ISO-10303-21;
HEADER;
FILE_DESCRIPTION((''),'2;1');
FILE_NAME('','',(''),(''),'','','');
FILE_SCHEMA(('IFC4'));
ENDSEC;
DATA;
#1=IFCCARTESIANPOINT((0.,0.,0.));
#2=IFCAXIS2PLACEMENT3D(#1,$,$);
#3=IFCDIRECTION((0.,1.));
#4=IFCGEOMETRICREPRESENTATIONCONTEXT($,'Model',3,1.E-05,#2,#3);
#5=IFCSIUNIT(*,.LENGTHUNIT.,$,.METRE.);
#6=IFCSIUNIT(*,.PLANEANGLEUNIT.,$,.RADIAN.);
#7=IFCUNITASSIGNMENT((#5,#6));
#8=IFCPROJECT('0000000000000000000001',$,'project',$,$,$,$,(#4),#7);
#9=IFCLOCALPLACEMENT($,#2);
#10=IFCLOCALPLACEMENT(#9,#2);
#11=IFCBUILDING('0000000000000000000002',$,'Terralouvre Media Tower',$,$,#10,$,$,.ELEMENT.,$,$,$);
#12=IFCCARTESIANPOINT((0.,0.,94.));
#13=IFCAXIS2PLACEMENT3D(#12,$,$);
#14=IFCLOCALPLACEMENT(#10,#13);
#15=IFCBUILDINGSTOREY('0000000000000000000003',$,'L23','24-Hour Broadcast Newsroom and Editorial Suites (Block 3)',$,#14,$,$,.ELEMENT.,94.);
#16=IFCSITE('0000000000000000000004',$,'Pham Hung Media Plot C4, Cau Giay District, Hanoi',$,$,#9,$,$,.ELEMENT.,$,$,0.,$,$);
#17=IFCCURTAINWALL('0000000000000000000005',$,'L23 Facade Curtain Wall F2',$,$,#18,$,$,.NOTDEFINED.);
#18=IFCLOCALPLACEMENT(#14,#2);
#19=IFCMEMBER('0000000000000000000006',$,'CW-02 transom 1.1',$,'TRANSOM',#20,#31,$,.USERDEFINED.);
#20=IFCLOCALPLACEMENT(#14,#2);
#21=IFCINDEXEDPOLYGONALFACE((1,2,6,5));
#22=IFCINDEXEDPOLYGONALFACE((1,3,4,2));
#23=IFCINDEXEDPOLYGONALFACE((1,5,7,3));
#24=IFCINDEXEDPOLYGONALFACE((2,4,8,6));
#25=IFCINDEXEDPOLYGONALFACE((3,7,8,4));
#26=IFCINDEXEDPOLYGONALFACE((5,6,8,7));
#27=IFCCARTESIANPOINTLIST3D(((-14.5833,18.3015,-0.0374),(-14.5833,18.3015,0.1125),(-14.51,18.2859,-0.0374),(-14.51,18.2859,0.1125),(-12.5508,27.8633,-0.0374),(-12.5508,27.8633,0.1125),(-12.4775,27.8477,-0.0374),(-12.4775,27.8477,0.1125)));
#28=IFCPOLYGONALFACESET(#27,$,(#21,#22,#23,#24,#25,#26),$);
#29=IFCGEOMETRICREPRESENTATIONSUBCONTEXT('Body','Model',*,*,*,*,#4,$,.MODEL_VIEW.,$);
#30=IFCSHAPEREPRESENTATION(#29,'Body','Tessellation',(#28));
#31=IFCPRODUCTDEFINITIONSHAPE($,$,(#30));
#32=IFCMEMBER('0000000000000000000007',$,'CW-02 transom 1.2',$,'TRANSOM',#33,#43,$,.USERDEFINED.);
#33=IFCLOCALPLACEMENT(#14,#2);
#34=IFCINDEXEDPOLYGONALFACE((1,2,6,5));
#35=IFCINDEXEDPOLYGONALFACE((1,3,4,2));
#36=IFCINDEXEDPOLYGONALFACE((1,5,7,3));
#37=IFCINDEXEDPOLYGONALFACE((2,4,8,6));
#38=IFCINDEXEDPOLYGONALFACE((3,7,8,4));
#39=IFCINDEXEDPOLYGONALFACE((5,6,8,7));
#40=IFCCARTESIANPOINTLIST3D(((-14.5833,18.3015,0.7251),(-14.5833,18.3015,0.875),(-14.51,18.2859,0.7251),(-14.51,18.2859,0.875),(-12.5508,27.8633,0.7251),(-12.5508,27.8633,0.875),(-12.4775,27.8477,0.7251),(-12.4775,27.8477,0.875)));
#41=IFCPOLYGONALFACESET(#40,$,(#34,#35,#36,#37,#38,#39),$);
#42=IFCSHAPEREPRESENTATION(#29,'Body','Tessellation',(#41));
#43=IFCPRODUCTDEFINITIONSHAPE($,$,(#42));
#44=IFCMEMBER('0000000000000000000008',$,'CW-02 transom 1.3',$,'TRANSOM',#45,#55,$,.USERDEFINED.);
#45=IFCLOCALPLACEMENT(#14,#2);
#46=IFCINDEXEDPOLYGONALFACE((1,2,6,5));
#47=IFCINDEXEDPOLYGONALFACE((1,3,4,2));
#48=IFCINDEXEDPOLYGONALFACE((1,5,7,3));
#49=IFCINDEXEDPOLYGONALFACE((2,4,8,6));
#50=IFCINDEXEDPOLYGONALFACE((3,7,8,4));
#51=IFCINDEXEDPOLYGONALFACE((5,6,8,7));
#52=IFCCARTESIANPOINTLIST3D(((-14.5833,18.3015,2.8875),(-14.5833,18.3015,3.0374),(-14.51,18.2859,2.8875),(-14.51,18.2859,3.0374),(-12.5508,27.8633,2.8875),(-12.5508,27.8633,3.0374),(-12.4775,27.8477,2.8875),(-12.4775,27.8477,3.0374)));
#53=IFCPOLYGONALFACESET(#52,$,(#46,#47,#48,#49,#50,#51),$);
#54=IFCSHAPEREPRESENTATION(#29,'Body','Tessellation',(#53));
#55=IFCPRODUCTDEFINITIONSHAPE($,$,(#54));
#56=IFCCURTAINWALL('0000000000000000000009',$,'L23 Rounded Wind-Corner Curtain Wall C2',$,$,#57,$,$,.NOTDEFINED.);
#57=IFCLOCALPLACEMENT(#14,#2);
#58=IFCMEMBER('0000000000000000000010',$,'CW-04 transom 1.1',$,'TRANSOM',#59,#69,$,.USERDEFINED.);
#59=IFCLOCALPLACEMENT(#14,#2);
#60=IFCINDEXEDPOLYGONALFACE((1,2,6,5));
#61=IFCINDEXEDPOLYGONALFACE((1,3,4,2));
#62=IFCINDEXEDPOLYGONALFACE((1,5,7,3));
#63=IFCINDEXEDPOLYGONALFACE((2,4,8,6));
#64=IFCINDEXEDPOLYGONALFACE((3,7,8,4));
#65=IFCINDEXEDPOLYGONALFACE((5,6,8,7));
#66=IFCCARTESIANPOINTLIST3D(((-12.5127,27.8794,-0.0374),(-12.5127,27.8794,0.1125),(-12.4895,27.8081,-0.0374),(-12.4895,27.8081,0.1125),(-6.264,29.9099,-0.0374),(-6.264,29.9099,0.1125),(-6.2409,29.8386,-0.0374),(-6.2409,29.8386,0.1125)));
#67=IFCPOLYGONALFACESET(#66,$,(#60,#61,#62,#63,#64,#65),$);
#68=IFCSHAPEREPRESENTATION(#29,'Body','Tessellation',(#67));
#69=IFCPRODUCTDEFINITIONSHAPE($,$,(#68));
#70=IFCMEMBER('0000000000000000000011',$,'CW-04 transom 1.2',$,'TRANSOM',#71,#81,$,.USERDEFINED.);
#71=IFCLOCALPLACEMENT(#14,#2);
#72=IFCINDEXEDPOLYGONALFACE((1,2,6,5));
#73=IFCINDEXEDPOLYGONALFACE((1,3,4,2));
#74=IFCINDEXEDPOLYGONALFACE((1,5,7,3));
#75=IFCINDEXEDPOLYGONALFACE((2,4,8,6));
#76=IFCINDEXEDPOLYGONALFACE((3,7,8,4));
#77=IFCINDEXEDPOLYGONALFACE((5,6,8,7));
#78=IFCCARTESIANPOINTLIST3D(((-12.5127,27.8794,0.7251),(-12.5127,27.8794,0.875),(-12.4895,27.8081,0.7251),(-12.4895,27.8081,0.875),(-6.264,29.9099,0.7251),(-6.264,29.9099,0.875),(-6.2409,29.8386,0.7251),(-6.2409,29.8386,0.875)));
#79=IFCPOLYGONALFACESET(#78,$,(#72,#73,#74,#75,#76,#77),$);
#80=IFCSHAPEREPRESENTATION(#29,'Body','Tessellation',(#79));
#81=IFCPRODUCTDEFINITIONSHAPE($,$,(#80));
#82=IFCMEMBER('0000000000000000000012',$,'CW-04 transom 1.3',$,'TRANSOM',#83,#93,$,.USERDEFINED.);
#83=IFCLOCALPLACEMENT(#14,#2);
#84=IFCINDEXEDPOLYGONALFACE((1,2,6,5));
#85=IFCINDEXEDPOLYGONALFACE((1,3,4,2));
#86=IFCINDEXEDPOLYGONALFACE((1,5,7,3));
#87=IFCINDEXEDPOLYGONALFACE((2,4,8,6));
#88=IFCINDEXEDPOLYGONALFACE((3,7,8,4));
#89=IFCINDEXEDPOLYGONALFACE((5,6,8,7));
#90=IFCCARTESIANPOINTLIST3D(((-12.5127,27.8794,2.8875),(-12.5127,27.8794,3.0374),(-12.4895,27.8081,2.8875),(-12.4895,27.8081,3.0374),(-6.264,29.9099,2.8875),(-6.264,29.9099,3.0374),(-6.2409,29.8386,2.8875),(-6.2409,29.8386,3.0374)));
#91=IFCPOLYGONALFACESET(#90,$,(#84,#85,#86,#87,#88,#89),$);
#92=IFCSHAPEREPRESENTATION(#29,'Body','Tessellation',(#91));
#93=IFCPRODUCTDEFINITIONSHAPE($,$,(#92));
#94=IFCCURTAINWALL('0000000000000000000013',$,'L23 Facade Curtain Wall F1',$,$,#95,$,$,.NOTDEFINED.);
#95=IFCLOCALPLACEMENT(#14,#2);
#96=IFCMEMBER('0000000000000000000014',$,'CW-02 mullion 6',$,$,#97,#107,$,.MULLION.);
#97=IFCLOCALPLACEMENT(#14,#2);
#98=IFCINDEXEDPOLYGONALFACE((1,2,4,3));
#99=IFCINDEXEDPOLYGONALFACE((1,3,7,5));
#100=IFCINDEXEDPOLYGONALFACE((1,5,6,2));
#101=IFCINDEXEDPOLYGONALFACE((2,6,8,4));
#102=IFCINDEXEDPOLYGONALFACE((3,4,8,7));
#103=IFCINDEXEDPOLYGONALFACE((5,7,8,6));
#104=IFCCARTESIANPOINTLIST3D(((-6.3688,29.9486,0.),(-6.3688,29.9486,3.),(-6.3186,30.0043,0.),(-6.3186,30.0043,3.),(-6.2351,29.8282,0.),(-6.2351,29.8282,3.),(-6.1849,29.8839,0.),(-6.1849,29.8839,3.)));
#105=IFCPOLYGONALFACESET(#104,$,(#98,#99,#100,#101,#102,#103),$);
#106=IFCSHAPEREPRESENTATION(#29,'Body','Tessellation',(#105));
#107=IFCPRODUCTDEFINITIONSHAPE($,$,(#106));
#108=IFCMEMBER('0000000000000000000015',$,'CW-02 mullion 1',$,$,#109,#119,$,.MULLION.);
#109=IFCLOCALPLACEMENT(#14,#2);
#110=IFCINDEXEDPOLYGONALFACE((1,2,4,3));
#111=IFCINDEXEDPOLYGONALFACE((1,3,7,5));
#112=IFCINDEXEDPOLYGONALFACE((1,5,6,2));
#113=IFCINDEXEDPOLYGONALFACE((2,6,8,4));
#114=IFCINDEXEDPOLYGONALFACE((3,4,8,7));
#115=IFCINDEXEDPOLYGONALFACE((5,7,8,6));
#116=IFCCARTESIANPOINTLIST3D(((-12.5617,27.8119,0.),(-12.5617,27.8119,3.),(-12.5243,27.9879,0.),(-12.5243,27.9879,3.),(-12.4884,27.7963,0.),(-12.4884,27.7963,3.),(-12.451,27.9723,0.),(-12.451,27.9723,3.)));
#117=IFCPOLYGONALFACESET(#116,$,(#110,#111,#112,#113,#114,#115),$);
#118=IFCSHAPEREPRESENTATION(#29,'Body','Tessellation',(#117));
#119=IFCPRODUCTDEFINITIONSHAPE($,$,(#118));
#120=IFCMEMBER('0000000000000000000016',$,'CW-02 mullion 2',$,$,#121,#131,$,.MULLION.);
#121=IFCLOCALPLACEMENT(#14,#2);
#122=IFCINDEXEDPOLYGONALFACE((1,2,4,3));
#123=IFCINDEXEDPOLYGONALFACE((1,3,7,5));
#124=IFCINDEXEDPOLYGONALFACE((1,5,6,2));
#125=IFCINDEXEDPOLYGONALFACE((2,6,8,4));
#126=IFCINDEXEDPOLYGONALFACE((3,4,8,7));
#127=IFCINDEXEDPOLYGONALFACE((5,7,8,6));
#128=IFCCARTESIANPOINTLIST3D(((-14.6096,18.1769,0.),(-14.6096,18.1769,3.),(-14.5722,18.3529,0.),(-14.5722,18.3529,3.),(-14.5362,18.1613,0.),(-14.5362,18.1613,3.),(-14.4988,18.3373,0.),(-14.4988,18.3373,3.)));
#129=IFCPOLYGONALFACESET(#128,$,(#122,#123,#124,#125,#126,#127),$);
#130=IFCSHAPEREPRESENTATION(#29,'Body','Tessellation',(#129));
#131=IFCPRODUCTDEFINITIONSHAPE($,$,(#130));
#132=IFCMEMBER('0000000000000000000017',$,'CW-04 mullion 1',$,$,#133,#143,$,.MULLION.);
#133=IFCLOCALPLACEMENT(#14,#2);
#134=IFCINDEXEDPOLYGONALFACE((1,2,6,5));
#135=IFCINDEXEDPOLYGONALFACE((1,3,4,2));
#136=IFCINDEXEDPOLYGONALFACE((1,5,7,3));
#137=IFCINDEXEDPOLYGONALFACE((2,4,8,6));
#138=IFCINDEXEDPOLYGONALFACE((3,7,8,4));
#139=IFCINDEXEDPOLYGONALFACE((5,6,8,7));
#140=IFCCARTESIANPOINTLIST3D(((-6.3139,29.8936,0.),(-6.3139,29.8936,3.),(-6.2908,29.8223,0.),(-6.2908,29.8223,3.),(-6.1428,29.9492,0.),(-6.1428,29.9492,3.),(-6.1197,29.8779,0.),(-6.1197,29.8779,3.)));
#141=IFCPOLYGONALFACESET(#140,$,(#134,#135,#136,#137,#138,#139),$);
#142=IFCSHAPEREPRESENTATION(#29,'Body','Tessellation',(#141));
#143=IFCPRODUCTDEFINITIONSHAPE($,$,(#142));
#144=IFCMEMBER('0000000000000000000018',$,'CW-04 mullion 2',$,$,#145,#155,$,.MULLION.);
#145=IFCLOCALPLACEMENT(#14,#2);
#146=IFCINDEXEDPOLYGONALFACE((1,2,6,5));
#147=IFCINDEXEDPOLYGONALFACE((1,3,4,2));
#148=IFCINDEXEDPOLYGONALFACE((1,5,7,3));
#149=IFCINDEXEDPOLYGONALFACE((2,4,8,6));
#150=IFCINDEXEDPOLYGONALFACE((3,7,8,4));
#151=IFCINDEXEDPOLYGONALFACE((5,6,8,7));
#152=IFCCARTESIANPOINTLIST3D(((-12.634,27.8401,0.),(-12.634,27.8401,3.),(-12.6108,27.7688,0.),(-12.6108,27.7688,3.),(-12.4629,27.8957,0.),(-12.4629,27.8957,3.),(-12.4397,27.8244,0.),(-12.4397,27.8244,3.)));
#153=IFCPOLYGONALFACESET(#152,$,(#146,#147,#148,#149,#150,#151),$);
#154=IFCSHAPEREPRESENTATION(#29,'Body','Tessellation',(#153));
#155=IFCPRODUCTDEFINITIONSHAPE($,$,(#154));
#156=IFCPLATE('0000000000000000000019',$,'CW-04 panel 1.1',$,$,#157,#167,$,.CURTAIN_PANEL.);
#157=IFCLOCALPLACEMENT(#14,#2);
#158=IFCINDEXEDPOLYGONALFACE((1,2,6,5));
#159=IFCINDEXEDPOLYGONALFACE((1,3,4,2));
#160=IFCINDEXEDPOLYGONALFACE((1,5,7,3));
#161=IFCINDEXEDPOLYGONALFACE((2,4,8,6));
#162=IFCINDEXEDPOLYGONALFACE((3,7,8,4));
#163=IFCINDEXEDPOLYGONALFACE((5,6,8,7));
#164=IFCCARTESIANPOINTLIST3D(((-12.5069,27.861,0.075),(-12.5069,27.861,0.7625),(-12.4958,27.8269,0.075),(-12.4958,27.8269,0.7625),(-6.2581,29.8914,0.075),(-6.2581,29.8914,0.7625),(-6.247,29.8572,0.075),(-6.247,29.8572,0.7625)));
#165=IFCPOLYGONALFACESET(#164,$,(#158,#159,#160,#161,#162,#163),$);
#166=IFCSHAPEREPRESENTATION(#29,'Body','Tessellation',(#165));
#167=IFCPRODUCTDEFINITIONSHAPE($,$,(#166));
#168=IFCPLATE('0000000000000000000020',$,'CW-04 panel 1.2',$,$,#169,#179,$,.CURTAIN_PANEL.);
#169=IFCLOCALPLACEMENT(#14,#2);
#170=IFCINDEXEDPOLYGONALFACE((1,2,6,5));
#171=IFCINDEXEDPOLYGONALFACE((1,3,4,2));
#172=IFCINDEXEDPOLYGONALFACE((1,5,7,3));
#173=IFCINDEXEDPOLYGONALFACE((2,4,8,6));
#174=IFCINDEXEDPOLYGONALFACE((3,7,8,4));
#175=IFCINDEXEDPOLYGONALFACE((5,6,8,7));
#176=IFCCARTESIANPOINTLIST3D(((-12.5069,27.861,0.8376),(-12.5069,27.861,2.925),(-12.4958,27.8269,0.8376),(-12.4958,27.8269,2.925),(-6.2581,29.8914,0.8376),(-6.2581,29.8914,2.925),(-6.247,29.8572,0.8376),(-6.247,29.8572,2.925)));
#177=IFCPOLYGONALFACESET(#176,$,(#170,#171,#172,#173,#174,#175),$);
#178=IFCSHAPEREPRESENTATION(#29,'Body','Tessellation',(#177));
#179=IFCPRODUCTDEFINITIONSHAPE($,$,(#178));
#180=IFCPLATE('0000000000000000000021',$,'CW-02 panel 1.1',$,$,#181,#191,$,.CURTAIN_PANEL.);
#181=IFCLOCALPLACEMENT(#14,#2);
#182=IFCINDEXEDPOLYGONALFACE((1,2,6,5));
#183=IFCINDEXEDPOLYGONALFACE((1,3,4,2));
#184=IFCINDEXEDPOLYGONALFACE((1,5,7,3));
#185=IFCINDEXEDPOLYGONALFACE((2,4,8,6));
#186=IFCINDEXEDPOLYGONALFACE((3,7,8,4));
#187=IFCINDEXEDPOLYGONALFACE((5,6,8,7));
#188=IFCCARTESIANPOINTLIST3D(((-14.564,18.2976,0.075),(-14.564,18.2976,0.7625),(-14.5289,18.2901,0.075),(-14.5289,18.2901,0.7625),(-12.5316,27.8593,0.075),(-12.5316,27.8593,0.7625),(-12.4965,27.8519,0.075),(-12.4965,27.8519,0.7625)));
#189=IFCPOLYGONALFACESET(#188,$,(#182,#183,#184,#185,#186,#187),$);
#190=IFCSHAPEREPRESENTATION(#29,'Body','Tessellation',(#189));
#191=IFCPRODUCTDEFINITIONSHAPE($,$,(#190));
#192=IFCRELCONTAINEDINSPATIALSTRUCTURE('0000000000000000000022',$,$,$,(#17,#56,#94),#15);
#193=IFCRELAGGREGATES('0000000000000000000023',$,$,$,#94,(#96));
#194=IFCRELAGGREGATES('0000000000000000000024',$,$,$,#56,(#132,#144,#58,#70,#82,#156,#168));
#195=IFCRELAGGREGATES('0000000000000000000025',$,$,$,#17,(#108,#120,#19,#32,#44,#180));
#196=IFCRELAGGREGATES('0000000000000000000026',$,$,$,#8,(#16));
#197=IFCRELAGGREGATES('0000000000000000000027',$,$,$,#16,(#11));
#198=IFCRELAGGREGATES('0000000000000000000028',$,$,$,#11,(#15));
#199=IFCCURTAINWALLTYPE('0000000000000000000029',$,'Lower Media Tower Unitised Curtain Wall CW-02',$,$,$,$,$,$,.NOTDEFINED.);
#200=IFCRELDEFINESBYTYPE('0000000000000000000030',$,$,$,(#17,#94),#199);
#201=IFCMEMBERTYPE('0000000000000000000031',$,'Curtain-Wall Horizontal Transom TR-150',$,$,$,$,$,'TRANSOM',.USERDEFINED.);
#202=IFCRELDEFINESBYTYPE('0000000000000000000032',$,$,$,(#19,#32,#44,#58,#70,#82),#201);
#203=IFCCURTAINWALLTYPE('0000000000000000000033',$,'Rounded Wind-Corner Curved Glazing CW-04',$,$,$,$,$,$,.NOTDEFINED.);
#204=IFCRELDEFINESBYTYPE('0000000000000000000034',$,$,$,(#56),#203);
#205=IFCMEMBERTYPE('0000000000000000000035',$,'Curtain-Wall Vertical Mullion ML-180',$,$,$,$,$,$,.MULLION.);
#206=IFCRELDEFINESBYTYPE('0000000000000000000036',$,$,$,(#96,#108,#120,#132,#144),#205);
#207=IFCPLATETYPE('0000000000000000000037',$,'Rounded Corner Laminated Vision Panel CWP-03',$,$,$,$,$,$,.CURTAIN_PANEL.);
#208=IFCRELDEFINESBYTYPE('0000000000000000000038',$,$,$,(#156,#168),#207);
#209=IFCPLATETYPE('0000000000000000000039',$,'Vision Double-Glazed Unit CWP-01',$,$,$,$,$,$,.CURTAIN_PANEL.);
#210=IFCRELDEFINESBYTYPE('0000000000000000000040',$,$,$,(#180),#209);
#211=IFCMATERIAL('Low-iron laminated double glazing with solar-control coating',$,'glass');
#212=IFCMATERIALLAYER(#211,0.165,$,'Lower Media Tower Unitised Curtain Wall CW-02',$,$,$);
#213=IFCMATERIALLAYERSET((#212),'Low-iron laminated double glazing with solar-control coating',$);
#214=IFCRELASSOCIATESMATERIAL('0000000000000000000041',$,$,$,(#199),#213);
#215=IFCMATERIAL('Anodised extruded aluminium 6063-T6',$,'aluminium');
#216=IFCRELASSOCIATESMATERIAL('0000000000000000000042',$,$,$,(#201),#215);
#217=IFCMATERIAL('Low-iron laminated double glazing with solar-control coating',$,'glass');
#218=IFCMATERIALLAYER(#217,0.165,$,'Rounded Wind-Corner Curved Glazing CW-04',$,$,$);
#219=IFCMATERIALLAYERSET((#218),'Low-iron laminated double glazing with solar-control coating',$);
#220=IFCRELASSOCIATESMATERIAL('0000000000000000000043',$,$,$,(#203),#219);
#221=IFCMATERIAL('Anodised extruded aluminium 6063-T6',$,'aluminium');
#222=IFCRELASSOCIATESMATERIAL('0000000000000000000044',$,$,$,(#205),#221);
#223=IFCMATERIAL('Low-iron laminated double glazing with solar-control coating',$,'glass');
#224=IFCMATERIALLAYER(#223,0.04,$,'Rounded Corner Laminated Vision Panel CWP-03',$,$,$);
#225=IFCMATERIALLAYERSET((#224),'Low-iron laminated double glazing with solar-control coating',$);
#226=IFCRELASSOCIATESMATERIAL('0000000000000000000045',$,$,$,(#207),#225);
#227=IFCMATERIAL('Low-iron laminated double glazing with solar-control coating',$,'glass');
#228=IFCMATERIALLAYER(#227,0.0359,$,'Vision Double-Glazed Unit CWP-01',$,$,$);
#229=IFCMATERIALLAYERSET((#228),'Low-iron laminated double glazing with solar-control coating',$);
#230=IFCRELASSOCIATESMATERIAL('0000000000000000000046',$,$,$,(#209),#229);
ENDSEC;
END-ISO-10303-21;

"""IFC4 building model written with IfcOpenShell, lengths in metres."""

from ifc_helpers import new_model, si_unit, direction, frame, origin, origin_2d, place, context, subcontext, project, spatial, rectangle, extrude, material, layer, layer_set, material_profile, profile_set, type_object, element, aggregate, save


model = new_model("IFC4")

# Units and contexts
model_context = context("Model", 3, precision=1e-05, world=origin(), true_north=direction((0.0, 1.0)))
body_context = subcontext(model_context, "Body", "Model", "MODEL_VIEW")
ifc_project = project(units=[si_unit("LENGTHUNIT", "METRE"), si_unit("PLANEANGLEUNIT", "RADIAN")], contexts=[model_context])

# Site, building, storey
site_placement = place(None, origin())
site = spatial("IfcSite", under=ifc_project, at=site_placement, Name="Pham Hung Media Plot C4, Cau Giay District, Hanoi", CompositionType="ELEMENT", RefElevation=0.0)
building_placement = place(site_placement, origin())
building = spatial("IfcBuilding", under=site, at=building_placement, Name="Terralouvre Media Tower", CompositionType="ELEMENT")
storey_placement = place(building_placement, frame((0.0, 0.0, 94.0)))
storey = spatial("IfcBuildingStorey", under=building, at=storey_placement, Name="L23", Description="24-Hour Broadcast Newsroom and Editorial Suites (Block 3)", CompositionType="ELEMENT", Elevation=94.0)

# Curtain walls, members
ifc_material_1 = material(Name="Low-iron laminated double glazing with solar-control coating", Category="glass")
ifc_layer_1 = layer(ifc_material_1, 0.165, Name="Lower Media Tower Unitised Curtain Wall CW-02")
ifc_layer_set_1 = layer_set([ifc_layer_1], Name="Low-iron laminated double glazing with solar-control coating")
curtain_wall_type_1 = type_object("IfcCurtainWallType", Name="Lower Media Tower Unitised Curtain Wall CW-02", PredefinedType="NOTDEFINED", material=ifc_layer_set_1)
curtain_wall_1_placement = place(storey_placement, origin())
curtain_wall_1 = element("IfcCurtainWall", 1, at=curtain_wall_1_placement, inside=storey, type_object=curtain_wall_type_1, Name="L23 Facade Curtain Wall F2", PredefinedType="NOTDEFINED")
ifc_material_2 = material(Name="Anodised extruded aluminium 6063-T6", Category="aluminium")
ifc_material_profile_1 = material_profile(ifc_material_2, rectangle(XDim=0.075, YDim=0.1499, at=origin_2d()), Name="ALU 75x150")
ifc_profile_set_1 = profile_set([ifc_material_profile_1], Name="Anodised extruded aluminium 6063-T6")
member_type_1 = type_object("IfcMemberType", Name="Curtain-Wall Horizontal Transom TR-150", ElementType="TRANSOM", PredefinedType="USERDEFINED", material=ifc_profile_set_1)
member_1_placement = place(storey_placement, frame((-12.5142, 27.8555, 0.0376), z_axis=(-0.207917, -0.978146, 0.0), x_axis=(0.978146, -0.207917, 0.0)))
member_1 = element("IfcMember", 2, at=member_1_placement, type_object=member_type_1, Name="CW-02 transom 1.1", ObjectType="TRANSOM", PredefinedType="USERDEFINED", context=body_context, shape_type="SweptSolid", body=[
    extrude(rectangle(XDim=0.075, YDim=0.1499, at=origin_2d()), origin(), (0.0, 0.0, 1.0), 9.7754),
])
member_2_placement = place(storey_placement, frame((-12.5142, 27.8555, 0.8), z_axis=(-0.207917, -0.978146, 0.0), x_axis=(0.978146, -0.207917, 0.0)))
member_2 = element("IfcMember", 3, at=member_2_placement, type_object=member_type_1, Name="CW-02 transom 1.2", ObjectType="TRANSOM", PredefinedType="USERDEFINED", context=body_context, shape_type="SweptSolid", body=[
    extrude(rectangle(XDim=0.075, YDim=0.1499, at=origin_2d()), origin(), (0.0, 0.0, 1.0), 9.7754),
])
member_3_placement = place(storey_placement, frame((-12.5142, 27.8555, 2.9624), z_axis=(-0.207917, -0.978146, 0.0), x_axis=(0.978146, -0.207917, 0.0)))
member_3 = element("IfcMember", 4, at=member_3_placement, type_object=member_type_1, Name="CW-02 transom 1.3", ObjectType="TRANSOM", PredefinedType="USERDEFINED", context=body_context, shape_type="SweptSolid", body=[
    extrude(rectangle(XDim=0.075, YDim=0.1499, at=origin_2d()), origin(), (0.0, 0.0, 1.0), 9.7754),
])
ifc_material_3 = material(Name="Low-iron laminated double glazing with solar-control coating", Category="glass")
ifc_layer_2 = layer(ifc_material_3, 0.165, Name="Rounded Wind-Corner Curved Glazing CW-04")
ifc_layer_set_2 = layer_set([ifc_layer_2], Name="Low-iron laminated double glazing with solar-control coating")
curtain_wall_type_2 = type_object("IfcCurtainWallType", Name="Rounded Wind-Corner Curved Glazing CW-04", PredefinedType="NOTDEFINED", material=ifc_layer_set_2)
curtain_wall_2_placement = place(storey_placement, origin())
curtain_wall_2 = element("IfcCurtainWall", 5, at=curtain_wall_2_placement, inside=storey, type_object=curtain_wall_type_2, Name="L23 Rounded Wind-Corner Curtain Wall C2", PredefinedType="NOTDEFINED")
member_4_placement = place(storey_placement, frame((-6.2524, 29.8743, 0.0376), z_axis=(-0.951049, -0.30904, 0.0), x_axis=(0.30904, -0.951049, 0.0)))
member_4 = element("IfcMember", 6, at=member_4_placement, type_object=member_type_1, Name="CW-04 transom 1.1", ObjectType="TRANSOM", PredefinedType="USERDEFINED", context=body_context, shape_type="SweptSolid", body=[
    extrude(rectangle(XDim=0.075, YDim=0.1499, at=origin_2d()), origin(), (0.0, 0.0, 1.0), 6.5703),
])
member_5_placement = place(storey_placement, frame((-6.2524, 29.8743, 0.8), z_axis=(-0.951049, -0.30904, 0.0), x_axis=(0.30904, -0.951049, 0.0)))
member_5 = element("IfcMember", 7, at=member_5_placement, type_object=member_type_1, Name="CW-04 transom 1.2", ObjectType="TRANSOM", PredefinedType="USERDEFINED", context=body_context, shape_type="SweptSolid", body=[
    extrude(rectangle(XDim=0.075, YDim=0.1499, at=origin_2d()), origin(), (0.0, 0.0, 1.0), 6.5703),
])
member_6_placement = place(storey_placement, frame((-6.2524, 29.8743, 2.9624), z_axis=(-0.951049, -0.30904, 0.0), x_axis=(0.30904, -0.951049, 0.0)))
member_6 = element("IfcMember", 8, at=member_6_placement, type_object=member_type_1, Name="CW-04 transom 1.3", ObjectType="TRANSOM", PredefinedType="USERDEFINED", context=body_context, shape_type="SweptSolid", body=[
    extrude(rectangle(XDim=0.075, YDim=0.1499, at=origin_2d()), origin(), (0.0, 0.0, 1.0), 6.5703),
])

# Curtain wall, member
curtain_wall_3_placement = place(storey_placement, origin())
curtain_wall_3 = element("IfcCurtainWall", 9, at=curtain_wall_3_placement, inside=storey, type_object=curtain_wall_type_1, Name="L23 Facade Curtain Wall F1", PredefinedType="NOTDEFINED")
ifc_material_4 = material(Name="Anodised extruded aluminium 6063-T6", Category="aluminium")
ifc_material_profile_2 = material_profile(ifc_material_4, rectangle(XDim=0.075, YDim=0.1799, at=origin_2d()), Name="ALU 75x180")
ifc_profile_set_2 = profile_set([ifc_material_profile_2], Name="Anodised extruded aluminium 6063-T6")
member_type_2 = type_object("IfcMemberType", Name="Curtain-Wall Vertical Mullion ML-180", PredefinedType="MULLION", material=ifc_profile_set_2)
member_7_placement = place(storey_placement, frame((-6.2769, 29.9163, 0.0), z_axis=(0.0, 0.0, 1.0), x_axis=(-0.669131, -0.743145, 0.0)))
member_7 = element("IfcMember", 10, at=member_7_placement, type_object=member_type_2, Name="CW-02 mullion 6", PredefinedType="MULLION", context=body_context, shape_type="SweptSolid", body=[
    extrude(rectangle(XDim=0.075, YDim=0.1799, at=origin_2d()), origin(), (0.0, 0.0, 1.0), 3.0),
])
aggregate(curtain_wall_3, [member_7])

# Members
member_8_placement = place(storey_placement, frame((-12.5063, 27.8921, 0.0), z_axis=(0.0, 0.0, 1.0), x_axis=(0.978148, -0.207912, 0.0)))
member_8 = element("IfcMember", 11, at=member_8_placement, type_object=member_type_2, Name="CW-02 mullion 1", PredefinedType="MULLION", context=body_context, shape_type="SweptSolid", body=[
    extrude(rectangle(XDim=0.075, YDim=0.1799, at=origin_2d()), origin(), (0.0, 0.0, 1.0), 3.0),
])
member_9_placement = place(storey_placement, frame((-14.5542, 18.2571, 0.0), z_axis=(0.0, 0.0, 1.0), x_axis=(0.978148, -0.207912, 0.0)))
member_9 = element("IfcMember", 12, at=member_9_placement, type_object=member_type_2, Name="CW-02 mullion 2", PredefinedType="MULLION", context=body_context, shape_type="SweptSolid", body=[
    extrude(rectangle(XDim=0.075, YDim=0.1799, at=origin_2d()), origin(), (0.0, 0.0, 1.0), 3.0),
])
member_10_placement = place(storey_placement, frame((-6.2168, 29.8857, 0.0), z_axis=(0.0, 0.0, 1.0), x_axis=(0.309018, -0.951056, 0.0)))
member_10 = element("IfcMember", 13, at=member_10_placement, type_object=member_type_2, Name="CW-04 mullion 1", PredefinedType="MULLION", context=body_context, shape_type="SweptSolid", body=[
    extrude(rectangle(XDim=0.075, YDim=0.1799, at=origin_2d()), origin(), (0.0, 0.0, 1.0), 3.0),
])
member_11_placement = place(storey_placement, frame((-12.5369, 27.8323, 0.0), z_axis=(0.0, 0.0, 1.0), x_axis=(0.309018, -0.951056, 0.0)))
member_11 = element("IfcMember", 14, at=member_11_placement, type_object=member_type_2, Name="CW-04 mullion 2", PredefinedType="MULLION", context=body_context, shape_type="SweptSolid", body=[
    extrude(rectangle(XDim=0.075, YDim=0.1799, at=origin_2d()), origin(), (0.0, 0.0, 1.0), 3.0),
])

# Plates
ifc_material_5 = material(Name="Low-iron laminated double glazing with solar-control coating", Category="glass")
ifc_layer_3 = layer(ifc_material_5, 0.04, Name="Rounded Corner Laminated Vision Panel CWP-03")
ifc_layer_set_3 = layer_set([ifc_layer_3], Name="Low-iron laminated double glazing with solar-control coating")
plate_type_1 = type_object("IfcPlateType", Name="Rounded Corner Laminated Vision Panel CWP-03", PredefinedType="CURTAIN_PANEL", material=ifc_layer_set_3)
plate_1_placement = place(storey_placement, frame((-9.377, 28.8591, 0.075), z_axis=(0.0, 0.0, 1.0), x_axis=(-0.951056, -0.309018, 0.0)))
plate_1 = element("IfcPlate", 15, at=plate_1_placement, type_object=plate_type_1, Name="CW-04 panel 1.1", PredefinedType="CURTAIN_PANEL", context=body_context, shape_type="SweptSolid", body=[
    extrude(rectangle(XDim=6.5703, YDim=0.0359, at=origin_2d()), origin(), (0.0, 0.0, 1.0), 0.6875),
])
plate_2_placement = place(storey_placement, frame((-9.377, 28.8591, 0.8376), z_axis=(0.0, 0.0, 1.0), x_axis=(-0.951056, -0.309018, 0.0)))
plate_2 = element("IfcPlate", 16, at=plate_2_placement, type_object=plate_type_1, Name="CW-04 panel 1.2", PredefinedType="CURTAIN_PANEL", context=body_context, shape_type="SweptSolid", body=[
    extrude(rectangle(XDim=6.5703, YDim=0.0359, at=origin_2d()), origin(), (0.0, 0.0, 1.0), 2.0874),
])
aggregate(curtain_wall_2, [member_10, member_11, member_4, member_5, member_6, plate_1, plate_2])
ifc_material_6 = material(Name="Low-iron laminated double glazing with solar-control coating", Category="glass")
ifc_layer_4 = layer(ifc_material_6, 0.0359, Name="Vision Double-Glazed Unit CWP-01")
ifc_layer_set_4 = layer_set([ifc_layer_4], Name="Low-iron laminated double glazing with solar-control coating")
plate_type_2 = type_object("IfcPlateType", Name="Vision Double-Glazed Unit CWP-01", PredefinedType="CURTAIN_PANEL", material=ifc_layer_set_4)
plate_3_placement = place(storey_placement, frame((-13.5303, 23.0747, 0.075), z_axis=(0.0, 0.0, 1.0), x_axis=(-0.207912, -0.978148, 0.0)))
plate_3 = element("IfcPlate", 17, at=plate_3_placement, type_object=plate_type_2, Name="CW-02 panel 1.1", PredefinedType="CURTAIN_PANEL", context=body_context, shape_type="SweptSolid", body=[
    extrude(rectangle(XDim=9.7754, YDim=0.0359, at=origin_2d()), origin(), (0.0, 0.0, 1.0), 0.6875),
])
aggregate(curtain_wall_1, [member_8, member_9, member_1, member_2, member_3, plate_3])

save(model, "model.ifc")
